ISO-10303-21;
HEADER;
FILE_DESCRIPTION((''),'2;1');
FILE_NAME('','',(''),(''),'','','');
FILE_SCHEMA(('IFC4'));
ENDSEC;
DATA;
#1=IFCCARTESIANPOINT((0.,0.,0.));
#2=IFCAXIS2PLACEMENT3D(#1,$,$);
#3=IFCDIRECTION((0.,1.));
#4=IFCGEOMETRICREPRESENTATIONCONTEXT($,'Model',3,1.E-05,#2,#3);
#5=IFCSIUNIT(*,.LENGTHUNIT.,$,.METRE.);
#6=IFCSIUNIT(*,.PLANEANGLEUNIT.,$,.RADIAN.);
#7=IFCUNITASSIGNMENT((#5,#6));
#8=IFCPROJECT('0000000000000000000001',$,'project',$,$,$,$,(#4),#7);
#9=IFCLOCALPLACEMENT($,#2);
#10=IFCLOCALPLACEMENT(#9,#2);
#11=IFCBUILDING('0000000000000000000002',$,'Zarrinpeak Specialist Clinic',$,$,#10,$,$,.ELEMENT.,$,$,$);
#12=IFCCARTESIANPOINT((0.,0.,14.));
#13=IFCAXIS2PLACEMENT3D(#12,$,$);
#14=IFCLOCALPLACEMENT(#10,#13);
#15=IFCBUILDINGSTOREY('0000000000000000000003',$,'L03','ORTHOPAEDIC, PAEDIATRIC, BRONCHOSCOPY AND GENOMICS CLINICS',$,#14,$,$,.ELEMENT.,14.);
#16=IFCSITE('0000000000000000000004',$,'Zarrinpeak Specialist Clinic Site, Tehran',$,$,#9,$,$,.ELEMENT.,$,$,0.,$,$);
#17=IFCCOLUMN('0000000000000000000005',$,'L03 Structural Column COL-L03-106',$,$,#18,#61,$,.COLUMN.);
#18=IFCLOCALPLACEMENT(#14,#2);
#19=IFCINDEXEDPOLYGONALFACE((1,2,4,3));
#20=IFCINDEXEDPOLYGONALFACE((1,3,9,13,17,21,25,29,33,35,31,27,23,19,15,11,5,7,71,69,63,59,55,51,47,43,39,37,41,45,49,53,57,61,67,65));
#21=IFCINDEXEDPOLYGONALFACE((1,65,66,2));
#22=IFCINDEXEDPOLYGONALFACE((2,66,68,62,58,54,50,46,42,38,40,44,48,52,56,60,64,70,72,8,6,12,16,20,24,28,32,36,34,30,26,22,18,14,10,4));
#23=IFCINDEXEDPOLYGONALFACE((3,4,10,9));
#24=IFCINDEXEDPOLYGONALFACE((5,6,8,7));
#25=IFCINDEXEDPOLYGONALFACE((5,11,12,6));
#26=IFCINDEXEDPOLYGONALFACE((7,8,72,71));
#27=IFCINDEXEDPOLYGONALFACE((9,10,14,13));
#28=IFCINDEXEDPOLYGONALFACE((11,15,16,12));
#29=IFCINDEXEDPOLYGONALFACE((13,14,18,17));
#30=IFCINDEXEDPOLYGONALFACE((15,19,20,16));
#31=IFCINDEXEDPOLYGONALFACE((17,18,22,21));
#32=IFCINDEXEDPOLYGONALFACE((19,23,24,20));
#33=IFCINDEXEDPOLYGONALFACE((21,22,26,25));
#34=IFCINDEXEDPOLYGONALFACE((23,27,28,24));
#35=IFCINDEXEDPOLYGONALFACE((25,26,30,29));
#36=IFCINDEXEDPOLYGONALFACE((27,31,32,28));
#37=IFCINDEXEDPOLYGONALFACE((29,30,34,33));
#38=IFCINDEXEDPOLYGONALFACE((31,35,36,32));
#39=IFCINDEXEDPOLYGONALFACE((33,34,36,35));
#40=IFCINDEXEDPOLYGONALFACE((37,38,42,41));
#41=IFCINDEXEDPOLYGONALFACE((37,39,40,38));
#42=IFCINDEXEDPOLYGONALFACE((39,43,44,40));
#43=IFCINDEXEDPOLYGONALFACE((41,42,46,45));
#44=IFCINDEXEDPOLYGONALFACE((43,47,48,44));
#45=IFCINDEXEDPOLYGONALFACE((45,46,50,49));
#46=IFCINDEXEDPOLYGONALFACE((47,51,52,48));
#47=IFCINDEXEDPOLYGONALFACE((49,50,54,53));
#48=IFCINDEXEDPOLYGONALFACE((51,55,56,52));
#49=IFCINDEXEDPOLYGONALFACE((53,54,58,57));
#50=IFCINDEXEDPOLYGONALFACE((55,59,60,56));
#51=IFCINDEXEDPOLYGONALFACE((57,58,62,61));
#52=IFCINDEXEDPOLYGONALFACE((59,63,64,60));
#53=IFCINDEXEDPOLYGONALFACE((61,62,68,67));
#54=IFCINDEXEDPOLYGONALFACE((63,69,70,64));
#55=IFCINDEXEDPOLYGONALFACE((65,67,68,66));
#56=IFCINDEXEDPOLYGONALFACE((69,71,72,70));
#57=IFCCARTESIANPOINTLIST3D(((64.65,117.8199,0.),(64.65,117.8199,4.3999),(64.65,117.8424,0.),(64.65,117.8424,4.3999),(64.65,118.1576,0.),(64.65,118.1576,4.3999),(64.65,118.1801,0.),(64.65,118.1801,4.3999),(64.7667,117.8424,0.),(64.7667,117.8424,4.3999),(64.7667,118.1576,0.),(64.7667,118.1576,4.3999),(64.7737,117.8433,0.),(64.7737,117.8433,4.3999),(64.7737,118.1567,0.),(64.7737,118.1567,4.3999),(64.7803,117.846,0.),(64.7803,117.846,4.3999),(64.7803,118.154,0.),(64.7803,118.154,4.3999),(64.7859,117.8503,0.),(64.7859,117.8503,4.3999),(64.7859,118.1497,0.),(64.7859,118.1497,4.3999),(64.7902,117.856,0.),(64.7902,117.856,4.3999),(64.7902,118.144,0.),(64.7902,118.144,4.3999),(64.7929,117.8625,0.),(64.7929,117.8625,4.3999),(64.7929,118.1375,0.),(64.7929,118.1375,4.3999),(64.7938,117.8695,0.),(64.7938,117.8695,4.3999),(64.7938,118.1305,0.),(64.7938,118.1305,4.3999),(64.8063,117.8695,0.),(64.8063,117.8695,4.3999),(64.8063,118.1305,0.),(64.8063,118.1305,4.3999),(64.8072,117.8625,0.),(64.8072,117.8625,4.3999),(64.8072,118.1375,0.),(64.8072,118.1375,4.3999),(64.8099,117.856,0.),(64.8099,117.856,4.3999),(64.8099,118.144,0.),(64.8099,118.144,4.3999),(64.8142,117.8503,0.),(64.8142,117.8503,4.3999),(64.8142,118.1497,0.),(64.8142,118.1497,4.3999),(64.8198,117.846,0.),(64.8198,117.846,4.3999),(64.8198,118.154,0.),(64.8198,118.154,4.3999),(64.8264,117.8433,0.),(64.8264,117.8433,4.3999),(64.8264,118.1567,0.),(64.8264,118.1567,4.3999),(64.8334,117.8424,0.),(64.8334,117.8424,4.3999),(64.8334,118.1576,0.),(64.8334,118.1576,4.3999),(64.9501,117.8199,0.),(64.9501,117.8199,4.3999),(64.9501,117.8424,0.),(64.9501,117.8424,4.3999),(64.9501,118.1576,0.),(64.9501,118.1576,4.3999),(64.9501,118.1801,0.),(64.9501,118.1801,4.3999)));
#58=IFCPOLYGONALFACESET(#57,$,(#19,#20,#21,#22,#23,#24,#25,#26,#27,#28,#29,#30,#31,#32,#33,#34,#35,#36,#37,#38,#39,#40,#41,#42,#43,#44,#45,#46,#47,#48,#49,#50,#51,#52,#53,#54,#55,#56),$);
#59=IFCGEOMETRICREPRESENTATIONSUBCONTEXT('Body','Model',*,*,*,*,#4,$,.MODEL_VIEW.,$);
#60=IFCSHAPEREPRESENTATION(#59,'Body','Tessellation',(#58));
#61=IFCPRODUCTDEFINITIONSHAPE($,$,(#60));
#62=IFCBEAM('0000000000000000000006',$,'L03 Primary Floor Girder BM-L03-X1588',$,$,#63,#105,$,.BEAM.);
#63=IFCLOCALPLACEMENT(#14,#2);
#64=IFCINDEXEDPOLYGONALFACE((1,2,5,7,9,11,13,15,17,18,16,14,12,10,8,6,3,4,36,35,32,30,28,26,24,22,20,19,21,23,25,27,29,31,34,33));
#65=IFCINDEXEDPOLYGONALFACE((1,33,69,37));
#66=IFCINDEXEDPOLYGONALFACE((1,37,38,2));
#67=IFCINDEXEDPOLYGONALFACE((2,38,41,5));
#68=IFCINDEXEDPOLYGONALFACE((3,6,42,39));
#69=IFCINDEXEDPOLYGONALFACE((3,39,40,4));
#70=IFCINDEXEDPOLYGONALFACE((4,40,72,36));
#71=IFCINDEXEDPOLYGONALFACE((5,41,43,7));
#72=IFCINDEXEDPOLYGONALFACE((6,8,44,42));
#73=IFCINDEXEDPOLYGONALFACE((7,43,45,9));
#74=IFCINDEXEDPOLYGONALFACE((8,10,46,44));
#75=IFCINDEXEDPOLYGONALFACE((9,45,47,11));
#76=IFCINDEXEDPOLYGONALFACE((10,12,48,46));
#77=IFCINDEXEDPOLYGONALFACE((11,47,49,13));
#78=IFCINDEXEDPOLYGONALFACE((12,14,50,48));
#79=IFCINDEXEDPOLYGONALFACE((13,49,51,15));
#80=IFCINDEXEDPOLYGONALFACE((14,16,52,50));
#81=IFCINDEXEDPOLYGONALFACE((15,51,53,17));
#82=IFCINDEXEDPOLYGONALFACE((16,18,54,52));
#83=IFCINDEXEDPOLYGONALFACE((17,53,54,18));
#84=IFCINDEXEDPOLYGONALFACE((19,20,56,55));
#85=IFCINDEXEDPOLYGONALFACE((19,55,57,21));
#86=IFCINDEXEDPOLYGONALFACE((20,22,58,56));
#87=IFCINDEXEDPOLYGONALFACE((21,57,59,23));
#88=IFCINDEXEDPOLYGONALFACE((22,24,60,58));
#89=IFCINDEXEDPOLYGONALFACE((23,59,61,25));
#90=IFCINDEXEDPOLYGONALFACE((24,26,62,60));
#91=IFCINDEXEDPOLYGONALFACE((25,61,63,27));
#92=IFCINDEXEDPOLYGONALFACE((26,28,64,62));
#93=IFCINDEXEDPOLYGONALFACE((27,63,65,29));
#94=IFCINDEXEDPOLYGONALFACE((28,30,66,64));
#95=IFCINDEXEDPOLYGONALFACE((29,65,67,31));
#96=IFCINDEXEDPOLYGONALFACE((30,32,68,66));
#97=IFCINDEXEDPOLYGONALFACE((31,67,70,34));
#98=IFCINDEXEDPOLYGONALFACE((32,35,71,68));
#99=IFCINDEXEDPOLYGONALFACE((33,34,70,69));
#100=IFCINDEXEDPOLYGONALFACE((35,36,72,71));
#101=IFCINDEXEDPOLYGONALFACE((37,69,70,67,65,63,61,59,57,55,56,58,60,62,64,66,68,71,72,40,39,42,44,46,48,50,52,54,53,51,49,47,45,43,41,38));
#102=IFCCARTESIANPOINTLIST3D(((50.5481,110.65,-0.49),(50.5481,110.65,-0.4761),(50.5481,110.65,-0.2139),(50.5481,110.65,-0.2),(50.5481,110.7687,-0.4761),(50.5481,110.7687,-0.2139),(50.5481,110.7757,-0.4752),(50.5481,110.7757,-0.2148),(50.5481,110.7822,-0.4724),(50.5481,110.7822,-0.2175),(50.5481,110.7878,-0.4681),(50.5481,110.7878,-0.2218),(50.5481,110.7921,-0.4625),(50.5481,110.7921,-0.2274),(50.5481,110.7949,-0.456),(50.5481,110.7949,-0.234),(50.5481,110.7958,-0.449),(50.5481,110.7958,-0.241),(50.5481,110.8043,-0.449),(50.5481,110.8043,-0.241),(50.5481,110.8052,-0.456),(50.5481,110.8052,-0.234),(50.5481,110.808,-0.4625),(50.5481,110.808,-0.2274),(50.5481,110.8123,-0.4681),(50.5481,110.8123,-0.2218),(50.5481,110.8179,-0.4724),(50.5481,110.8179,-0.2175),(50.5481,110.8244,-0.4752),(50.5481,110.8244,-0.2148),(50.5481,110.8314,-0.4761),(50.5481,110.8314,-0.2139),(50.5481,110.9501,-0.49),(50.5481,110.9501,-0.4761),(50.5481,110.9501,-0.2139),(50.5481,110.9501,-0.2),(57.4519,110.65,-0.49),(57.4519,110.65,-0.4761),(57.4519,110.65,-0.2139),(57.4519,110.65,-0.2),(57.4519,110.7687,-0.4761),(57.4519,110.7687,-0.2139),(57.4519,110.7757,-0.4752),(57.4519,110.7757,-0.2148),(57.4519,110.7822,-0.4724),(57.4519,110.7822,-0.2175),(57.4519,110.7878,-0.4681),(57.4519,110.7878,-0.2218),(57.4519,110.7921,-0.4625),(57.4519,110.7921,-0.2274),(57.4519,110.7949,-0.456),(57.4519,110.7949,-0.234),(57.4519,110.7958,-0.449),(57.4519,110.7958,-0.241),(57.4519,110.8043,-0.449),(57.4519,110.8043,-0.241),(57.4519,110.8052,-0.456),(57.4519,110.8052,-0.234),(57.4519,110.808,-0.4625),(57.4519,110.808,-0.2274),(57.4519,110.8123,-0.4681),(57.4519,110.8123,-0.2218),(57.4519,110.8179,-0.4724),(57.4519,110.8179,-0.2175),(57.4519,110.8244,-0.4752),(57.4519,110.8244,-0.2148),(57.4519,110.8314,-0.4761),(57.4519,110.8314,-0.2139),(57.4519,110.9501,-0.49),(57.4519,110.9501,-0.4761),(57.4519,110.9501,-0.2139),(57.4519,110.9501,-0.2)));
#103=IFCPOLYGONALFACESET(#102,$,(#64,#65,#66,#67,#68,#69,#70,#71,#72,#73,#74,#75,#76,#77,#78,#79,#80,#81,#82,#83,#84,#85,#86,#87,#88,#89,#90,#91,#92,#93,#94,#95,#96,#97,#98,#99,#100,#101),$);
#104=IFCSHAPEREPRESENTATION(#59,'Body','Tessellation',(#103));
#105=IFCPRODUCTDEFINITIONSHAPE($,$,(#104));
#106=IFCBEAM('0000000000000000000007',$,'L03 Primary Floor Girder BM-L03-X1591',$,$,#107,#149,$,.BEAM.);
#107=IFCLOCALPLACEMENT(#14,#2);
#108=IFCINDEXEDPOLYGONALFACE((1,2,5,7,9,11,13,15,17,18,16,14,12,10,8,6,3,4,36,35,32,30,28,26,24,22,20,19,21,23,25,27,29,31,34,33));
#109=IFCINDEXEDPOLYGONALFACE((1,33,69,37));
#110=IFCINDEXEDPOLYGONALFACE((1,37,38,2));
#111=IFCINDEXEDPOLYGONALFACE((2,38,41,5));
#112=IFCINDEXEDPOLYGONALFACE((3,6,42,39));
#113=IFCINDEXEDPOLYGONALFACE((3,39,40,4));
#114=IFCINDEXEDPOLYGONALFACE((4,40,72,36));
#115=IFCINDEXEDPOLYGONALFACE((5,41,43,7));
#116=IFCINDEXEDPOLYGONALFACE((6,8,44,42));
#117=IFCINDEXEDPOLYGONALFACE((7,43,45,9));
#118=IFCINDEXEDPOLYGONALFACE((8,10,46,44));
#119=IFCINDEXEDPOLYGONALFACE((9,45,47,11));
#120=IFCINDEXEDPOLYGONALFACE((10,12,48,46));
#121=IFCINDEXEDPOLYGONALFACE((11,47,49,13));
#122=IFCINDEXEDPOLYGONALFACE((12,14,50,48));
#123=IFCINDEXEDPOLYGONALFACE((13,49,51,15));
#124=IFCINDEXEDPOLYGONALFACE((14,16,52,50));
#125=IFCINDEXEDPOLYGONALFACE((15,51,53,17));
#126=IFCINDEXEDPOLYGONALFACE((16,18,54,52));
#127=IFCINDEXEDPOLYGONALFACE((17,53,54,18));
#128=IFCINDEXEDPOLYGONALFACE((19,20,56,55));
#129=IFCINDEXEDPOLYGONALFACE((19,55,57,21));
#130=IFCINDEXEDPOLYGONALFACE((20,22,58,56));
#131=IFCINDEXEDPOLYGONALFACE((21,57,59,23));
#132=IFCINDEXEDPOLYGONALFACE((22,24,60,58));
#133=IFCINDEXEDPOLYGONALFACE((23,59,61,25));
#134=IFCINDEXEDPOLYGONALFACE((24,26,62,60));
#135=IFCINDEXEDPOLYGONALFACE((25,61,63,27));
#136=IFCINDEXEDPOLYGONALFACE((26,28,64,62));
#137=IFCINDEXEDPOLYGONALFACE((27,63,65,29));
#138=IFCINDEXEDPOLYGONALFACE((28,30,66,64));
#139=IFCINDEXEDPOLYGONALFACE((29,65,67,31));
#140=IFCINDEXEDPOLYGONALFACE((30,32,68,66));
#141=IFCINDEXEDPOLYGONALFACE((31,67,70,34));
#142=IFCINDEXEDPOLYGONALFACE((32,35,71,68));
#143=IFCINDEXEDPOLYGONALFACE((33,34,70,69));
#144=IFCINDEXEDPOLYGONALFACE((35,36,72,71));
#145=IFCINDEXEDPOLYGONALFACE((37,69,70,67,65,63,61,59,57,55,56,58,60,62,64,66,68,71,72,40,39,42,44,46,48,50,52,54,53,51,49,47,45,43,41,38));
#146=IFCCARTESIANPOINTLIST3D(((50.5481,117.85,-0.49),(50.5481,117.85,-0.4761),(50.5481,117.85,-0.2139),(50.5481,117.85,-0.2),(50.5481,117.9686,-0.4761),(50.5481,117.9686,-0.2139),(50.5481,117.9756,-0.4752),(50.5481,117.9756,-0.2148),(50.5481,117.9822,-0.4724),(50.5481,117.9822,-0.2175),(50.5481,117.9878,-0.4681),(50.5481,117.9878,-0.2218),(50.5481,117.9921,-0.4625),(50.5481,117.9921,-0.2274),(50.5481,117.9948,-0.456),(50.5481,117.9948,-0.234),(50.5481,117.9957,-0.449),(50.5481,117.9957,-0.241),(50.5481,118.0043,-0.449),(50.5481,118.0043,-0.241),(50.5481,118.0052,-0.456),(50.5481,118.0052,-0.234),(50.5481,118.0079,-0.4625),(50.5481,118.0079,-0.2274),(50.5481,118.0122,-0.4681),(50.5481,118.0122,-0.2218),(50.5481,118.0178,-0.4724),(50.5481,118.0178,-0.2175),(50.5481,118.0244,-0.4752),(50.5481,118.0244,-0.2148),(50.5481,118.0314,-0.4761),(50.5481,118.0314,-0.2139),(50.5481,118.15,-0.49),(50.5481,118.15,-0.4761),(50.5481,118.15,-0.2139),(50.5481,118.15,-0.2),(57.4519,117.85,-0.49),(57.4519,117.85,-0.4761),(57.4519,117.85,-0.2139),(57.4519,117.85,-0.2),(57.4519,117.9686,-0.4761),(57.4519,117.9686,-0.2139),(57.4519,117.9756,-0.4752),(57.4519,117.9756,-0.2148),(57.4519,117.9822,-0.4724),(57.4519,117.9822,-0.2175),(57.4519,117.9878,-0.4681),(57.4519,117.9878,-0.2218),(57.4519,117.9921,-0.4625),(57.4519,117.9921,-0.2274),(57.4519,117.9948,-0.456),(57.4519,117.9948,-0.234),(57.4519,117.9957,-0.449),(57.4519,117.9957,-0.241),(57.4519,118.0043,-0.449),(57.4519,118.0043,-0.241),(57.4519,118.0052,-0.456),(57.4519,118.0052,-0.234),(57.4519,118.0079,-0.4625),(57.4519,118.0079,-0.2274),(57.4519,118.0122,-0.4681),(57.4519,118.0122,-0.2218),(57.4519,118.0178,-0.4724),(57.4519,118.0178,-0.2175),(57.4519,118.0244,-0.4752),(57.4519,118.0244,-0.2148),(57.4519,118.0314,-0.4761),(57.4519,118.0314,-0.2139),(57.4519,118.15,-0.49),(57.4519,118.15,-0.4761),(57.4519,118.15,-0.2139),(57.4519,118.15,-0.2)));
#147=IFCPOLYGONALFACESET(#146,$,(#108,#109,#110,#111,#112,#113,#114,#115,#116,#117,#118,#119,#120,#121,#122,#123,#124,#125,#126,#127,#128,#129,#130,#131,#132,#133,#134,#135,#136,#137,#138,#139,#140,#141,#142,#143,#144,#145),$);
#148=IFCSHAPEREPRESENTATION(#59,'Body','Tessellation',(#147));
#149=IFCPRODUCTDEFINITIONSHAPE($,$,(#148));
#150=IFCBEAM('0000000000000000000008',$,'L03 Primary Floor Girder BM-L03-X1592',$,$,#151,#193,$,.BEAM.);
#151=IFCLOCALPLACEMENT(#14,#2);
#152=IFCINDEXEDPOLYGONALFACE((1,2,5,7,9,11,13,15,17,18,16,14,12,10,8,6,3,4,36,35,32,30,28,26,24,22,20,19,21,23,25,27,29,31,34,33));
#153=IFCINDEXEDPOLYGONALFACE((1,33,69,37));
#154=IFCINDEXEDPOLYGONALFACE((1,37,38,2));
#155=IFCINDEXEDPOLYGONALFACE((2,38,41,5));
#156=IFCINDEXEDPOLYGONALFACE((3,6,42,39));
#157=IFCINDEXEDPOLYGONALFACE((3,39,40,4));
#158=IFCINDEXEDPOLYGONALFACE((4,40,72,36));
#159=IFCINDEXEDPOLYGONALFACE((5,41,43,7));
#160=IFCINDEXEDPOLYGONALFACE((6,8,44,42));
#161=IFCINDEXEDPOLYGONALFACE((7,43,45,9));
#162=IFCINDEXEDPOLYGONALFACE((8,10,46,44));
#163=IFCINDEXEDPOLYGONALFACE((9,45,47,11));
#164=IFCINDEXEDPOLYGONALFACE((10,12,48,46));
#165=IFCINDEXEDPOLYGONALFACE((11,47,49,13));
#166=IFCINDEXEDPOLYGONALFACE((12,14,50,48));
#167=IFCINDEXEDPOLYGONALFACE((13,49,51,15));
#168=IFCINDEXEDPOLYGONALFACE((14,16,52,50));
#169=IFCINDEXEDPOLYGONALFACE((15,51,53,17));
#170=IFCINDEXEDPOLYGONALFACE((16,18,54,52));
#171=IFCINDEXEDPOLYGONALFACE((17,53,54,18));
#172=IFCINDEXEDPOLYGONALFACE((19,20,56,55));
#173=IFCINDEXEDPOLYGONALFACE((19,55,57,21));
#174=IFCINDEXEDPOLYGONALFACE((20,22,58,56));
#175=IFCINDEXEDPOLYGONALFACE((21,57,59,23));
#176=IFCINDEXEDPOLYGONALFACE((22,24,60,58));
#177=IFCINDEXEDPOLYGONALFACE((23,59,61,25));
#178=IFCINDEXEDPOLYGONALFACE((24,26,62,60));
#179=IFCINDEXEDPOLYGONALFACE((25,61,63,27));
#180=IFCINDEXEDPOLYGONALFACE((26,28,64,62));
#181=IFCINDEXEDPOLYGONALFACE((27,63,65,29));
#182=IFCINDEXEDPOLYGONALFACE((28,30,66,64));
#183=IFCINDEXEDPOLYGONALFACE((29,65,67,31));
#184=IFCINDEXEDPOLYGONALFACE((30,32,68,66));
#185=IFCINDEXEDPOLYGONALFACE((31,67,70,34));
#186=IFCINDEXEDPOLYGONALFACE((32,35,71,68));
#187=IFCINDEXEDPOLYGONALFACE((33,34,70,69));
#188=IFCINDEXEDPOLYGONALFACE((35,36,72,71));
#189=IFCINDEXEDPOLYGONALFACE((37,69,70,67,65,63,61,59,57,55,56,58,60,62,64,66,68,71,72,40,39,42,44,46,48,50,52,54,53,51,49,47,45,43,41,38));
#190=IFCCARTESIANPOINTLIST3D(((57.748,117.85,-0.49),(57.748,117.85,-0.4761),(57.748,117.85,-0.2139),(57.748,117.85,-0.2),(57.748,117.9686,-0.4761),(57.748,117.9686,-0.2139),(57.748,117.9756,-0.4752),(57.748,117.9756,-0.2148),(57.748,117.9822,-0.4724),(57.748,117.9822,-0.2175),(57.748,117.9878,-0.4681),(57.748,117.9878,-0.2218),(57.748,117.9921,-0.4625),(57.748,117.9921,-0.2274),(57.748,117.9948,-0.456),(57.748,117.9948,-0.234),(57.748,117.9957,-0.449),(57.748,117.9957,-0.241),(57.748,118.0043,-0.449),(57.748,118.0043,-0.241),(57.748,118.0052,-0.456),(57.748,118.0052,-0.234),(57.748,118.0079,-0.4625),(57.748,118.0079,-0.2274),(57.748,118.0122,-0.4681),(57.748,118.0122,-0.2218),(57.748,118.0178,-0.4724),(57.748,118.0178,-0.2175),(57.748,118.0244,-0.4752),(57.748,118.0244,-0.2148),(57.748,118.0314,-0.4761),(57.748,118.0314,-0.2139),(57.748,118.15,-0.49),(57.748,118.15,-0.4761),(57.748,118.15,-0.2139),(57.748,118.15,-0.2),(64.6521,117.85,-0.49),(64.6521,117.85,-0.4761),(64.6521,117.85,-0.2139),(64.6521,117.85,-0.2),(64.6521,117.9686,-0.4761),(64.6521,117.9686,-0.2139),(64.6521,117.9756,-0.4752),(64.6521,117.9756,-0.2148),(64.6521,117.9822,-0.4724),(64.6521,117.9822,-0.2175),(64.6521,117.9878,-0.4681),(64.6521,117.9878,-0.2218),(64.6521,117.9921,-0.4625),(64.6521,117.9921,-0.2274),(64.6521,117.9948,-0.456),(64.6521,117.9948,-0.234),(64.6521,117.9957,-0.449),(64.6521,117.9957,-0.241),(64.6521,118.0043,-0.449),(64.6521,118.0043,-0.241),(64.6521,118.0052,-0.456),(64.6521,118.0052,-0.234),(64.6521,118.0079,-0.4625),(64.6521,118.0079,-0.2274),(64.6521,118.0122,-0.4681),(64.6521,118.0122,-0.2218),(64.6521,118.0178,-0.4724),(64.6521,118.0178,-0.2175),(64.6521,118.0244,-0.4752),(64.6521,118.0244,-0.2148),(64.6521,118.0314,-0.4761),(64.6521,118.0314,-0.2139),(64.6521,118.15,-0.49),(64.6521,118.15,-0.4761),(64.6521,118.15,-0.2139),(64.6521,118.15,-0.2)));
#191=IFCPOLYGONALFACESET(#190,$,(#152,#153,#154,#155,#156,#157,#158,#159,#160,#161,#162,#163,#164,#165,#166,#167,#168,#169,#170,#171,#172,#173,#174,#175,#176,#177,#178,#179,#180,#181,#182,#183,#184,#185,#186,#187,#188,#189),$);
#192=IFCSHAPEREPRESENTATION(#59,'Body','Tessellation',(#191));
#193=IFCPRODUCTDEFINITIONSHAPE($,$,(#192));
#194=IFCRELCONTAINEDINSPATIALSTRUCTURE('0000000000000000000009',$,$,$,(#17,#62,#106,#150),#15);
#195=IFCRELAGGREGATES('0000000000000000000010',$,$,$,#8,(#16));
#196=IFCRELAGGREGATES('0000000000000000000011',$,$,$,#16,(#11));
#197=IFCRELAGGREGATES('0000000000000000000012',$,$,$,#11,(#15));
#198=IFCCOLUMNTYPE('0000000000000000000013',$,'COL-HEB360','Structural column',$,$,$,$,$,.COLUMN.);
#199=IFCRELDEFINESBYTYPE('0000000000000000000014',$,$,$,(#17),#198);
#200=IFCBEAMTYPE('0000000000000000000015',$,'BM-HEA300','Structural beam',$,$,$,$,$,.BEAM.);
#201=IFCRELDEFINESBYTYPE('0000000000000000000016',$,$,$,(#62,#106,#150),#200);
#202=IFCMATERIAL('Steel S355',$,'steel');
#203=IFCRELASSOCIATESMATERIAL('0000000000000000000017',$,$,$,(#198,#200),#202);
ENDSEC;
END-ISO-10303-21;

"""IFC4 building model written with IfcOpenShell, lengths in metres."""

from ifc_helpers import new_model, si_unit, direction, frame, origin, origin_2d, place, context, subcontext, project, spatial, i_section, extrude, material, material_profile, profile_set, type_object, element, save


model = new_model("IFC4")

# Units and contexts
model_context = context("Model", 3, precision=1e-05, world=origin(), true_north=direction((0.0, 1.0)))
body_context = subcontext(model_context, "Body", "Model", "MODEL_VIEW")
ifc_project = project(units=[si_unit("LENGTHUNIT", "METRE"), si_unit("PLANEANGLEUNIT", "RADIAN")], contexts=[model_context])

# Site, building, storey
site_placement = place(None, origin())
site = spatial("IfcSite", under=ifc_project, at=site_placement, Name="Zarrinpeak Specialist Clinic Site, Tehran", CompositionType="ELEMENT", RefElevation=0.0)
building_placement = place(site_placement, origin())
building = spatial("IfcBuilding", under=site, at=building_placement, Name="Zarrinpeak Specialist Clinic", CompositionType="ELEMENT")
storey_placement = place(building_placement, frame((0.0, 0.0, 14.0)))
storey = spatial("IfcBuildingStorey", under=building, at=storey_placement, Name="L03", Description="ORTHOPAEDIC, PAEDIATRIC, BRONCHOSCOPY AND GENOMICS CLINICS", CompositionType="ELEMENT", Elevation=14.0)

# Column
ifc_material_1 = material(Name="Steel S355", Category="steel")
ifc_material_profile_1 = material_profile(ifc_material_1, i_section(OverallWidth=0.3, OverallDepth=0.3601, WebThickness=0.0125, FlangeThickness=0.0225, FilletRadius=0.0271, at=origin_2d()), Name="HEB 360")
ifc_profile_set_1 = profile_set([ifc_material_profile_1], Name="Steel S355")
column_type = type_object("IfcColumnType", Name="COL-HEB360", Description="Structural column", PredefinedType="COLUMN", material=ifc_profile_set_1)
for number, where, z_axis, x_axis, name in (
    (1, (64.8, 118.0, 0.0), (0.0, 0.0, 1.0), (1.0, 0.0, 0.0), "L03 Structural Column COL-L03-106"),
):
    element("IfcColumn", number, at=place(storey_placement, frame(where, z_axis=z_axis, x_axis=x_axis)), inside=storey, type_object=column_type, Name=name, PredefinedType="COLUMN", context=body_context, shape_type="SweptSolid", body=[
        extrude(i_section(OverallWidth=0.3, OverallDepth=0.3601, WebThickness=0.0125, FlangeThickness=0.0225, FilletRadius=0.0271, at=origin_2d()), origin(), (0.0, 0.0, 1.0), 4.3999),
    ])

# Beams
ifc_material_profile_2 = material_profile(ifc_material_1, i_section(OverallWidth=0.3, OverallDepth=0.29, WebThickness=0.0085, FlangeThickness=0.0139, FilletRadius=0.0271, at=origin_2d()), Name="HEA 300")
ifc_profile_set_2 = profile_set([ifc_material_profile_2], Name="Steel S355")
beam_type_1 = type_object("IfcBeamType", Name="BM-HEA300", Description="Structural beam", PredefinedType="BEAM", material=ifc_profile_set_2)
for number, where, z_axis, x_axis, name in (
    (2, (50.5481, 110.8, -0.345), (1.0, 0.0, 0.0), (0.0, 1.0, 0.0), "L03 Primary Floor Girder BM-L03-X1588"),
    (3, (50.5481, 118.0, -0.345), (1.0, 0.0, 0.0), (0.0, 1.0, 0.0), "L03 Primary Floor Girder BM-L03-X1591"),
):
    element("IfcBeam", number, at=place(storey_placement, frame(where, z_axis=z_axis, x_axis=x_axis)), inside=storey, type_object=beam_type_1, Name=name, PredefinedType="BEAM", context=body_context, shape_type="SweptSolid", body=[
        extrude(i_section(OverallWidth=0.3, OverallDepth=0.29, WebThickness=0.0085, FlangeThickness=0.0139, FilletRadius=0.0271, at=origin_2d()), origin(), (0.0, 0.0, 1.0), 6.9038),
    ])
beam_placement = place(storey_placement, frame((57.748, 118.0, -0.345), z_axis=(1.0, 0.0, 0.0), x_axis=(0.0, 1.0, 0.0)))
element("IfcBeam", 4, at=beam_placement, inside=storey, type_object=beam_type_1, Name="L03 Primary Floor Girder BM-L03-X1592", PredefinedType="BEAM", context=body_context, shape_type="SweptSolid", body=[
    extrude(i_section(OverallWidth=0.3, OverallDepth=0.29, WebThickness=0.0085, FlangeThickness=0.0139, FilletRadius=0.0271, at=origin_2d()), origin(), (0.0, 0.0, 1.0), 6.9041),
])

save(model, "model.ifc")
